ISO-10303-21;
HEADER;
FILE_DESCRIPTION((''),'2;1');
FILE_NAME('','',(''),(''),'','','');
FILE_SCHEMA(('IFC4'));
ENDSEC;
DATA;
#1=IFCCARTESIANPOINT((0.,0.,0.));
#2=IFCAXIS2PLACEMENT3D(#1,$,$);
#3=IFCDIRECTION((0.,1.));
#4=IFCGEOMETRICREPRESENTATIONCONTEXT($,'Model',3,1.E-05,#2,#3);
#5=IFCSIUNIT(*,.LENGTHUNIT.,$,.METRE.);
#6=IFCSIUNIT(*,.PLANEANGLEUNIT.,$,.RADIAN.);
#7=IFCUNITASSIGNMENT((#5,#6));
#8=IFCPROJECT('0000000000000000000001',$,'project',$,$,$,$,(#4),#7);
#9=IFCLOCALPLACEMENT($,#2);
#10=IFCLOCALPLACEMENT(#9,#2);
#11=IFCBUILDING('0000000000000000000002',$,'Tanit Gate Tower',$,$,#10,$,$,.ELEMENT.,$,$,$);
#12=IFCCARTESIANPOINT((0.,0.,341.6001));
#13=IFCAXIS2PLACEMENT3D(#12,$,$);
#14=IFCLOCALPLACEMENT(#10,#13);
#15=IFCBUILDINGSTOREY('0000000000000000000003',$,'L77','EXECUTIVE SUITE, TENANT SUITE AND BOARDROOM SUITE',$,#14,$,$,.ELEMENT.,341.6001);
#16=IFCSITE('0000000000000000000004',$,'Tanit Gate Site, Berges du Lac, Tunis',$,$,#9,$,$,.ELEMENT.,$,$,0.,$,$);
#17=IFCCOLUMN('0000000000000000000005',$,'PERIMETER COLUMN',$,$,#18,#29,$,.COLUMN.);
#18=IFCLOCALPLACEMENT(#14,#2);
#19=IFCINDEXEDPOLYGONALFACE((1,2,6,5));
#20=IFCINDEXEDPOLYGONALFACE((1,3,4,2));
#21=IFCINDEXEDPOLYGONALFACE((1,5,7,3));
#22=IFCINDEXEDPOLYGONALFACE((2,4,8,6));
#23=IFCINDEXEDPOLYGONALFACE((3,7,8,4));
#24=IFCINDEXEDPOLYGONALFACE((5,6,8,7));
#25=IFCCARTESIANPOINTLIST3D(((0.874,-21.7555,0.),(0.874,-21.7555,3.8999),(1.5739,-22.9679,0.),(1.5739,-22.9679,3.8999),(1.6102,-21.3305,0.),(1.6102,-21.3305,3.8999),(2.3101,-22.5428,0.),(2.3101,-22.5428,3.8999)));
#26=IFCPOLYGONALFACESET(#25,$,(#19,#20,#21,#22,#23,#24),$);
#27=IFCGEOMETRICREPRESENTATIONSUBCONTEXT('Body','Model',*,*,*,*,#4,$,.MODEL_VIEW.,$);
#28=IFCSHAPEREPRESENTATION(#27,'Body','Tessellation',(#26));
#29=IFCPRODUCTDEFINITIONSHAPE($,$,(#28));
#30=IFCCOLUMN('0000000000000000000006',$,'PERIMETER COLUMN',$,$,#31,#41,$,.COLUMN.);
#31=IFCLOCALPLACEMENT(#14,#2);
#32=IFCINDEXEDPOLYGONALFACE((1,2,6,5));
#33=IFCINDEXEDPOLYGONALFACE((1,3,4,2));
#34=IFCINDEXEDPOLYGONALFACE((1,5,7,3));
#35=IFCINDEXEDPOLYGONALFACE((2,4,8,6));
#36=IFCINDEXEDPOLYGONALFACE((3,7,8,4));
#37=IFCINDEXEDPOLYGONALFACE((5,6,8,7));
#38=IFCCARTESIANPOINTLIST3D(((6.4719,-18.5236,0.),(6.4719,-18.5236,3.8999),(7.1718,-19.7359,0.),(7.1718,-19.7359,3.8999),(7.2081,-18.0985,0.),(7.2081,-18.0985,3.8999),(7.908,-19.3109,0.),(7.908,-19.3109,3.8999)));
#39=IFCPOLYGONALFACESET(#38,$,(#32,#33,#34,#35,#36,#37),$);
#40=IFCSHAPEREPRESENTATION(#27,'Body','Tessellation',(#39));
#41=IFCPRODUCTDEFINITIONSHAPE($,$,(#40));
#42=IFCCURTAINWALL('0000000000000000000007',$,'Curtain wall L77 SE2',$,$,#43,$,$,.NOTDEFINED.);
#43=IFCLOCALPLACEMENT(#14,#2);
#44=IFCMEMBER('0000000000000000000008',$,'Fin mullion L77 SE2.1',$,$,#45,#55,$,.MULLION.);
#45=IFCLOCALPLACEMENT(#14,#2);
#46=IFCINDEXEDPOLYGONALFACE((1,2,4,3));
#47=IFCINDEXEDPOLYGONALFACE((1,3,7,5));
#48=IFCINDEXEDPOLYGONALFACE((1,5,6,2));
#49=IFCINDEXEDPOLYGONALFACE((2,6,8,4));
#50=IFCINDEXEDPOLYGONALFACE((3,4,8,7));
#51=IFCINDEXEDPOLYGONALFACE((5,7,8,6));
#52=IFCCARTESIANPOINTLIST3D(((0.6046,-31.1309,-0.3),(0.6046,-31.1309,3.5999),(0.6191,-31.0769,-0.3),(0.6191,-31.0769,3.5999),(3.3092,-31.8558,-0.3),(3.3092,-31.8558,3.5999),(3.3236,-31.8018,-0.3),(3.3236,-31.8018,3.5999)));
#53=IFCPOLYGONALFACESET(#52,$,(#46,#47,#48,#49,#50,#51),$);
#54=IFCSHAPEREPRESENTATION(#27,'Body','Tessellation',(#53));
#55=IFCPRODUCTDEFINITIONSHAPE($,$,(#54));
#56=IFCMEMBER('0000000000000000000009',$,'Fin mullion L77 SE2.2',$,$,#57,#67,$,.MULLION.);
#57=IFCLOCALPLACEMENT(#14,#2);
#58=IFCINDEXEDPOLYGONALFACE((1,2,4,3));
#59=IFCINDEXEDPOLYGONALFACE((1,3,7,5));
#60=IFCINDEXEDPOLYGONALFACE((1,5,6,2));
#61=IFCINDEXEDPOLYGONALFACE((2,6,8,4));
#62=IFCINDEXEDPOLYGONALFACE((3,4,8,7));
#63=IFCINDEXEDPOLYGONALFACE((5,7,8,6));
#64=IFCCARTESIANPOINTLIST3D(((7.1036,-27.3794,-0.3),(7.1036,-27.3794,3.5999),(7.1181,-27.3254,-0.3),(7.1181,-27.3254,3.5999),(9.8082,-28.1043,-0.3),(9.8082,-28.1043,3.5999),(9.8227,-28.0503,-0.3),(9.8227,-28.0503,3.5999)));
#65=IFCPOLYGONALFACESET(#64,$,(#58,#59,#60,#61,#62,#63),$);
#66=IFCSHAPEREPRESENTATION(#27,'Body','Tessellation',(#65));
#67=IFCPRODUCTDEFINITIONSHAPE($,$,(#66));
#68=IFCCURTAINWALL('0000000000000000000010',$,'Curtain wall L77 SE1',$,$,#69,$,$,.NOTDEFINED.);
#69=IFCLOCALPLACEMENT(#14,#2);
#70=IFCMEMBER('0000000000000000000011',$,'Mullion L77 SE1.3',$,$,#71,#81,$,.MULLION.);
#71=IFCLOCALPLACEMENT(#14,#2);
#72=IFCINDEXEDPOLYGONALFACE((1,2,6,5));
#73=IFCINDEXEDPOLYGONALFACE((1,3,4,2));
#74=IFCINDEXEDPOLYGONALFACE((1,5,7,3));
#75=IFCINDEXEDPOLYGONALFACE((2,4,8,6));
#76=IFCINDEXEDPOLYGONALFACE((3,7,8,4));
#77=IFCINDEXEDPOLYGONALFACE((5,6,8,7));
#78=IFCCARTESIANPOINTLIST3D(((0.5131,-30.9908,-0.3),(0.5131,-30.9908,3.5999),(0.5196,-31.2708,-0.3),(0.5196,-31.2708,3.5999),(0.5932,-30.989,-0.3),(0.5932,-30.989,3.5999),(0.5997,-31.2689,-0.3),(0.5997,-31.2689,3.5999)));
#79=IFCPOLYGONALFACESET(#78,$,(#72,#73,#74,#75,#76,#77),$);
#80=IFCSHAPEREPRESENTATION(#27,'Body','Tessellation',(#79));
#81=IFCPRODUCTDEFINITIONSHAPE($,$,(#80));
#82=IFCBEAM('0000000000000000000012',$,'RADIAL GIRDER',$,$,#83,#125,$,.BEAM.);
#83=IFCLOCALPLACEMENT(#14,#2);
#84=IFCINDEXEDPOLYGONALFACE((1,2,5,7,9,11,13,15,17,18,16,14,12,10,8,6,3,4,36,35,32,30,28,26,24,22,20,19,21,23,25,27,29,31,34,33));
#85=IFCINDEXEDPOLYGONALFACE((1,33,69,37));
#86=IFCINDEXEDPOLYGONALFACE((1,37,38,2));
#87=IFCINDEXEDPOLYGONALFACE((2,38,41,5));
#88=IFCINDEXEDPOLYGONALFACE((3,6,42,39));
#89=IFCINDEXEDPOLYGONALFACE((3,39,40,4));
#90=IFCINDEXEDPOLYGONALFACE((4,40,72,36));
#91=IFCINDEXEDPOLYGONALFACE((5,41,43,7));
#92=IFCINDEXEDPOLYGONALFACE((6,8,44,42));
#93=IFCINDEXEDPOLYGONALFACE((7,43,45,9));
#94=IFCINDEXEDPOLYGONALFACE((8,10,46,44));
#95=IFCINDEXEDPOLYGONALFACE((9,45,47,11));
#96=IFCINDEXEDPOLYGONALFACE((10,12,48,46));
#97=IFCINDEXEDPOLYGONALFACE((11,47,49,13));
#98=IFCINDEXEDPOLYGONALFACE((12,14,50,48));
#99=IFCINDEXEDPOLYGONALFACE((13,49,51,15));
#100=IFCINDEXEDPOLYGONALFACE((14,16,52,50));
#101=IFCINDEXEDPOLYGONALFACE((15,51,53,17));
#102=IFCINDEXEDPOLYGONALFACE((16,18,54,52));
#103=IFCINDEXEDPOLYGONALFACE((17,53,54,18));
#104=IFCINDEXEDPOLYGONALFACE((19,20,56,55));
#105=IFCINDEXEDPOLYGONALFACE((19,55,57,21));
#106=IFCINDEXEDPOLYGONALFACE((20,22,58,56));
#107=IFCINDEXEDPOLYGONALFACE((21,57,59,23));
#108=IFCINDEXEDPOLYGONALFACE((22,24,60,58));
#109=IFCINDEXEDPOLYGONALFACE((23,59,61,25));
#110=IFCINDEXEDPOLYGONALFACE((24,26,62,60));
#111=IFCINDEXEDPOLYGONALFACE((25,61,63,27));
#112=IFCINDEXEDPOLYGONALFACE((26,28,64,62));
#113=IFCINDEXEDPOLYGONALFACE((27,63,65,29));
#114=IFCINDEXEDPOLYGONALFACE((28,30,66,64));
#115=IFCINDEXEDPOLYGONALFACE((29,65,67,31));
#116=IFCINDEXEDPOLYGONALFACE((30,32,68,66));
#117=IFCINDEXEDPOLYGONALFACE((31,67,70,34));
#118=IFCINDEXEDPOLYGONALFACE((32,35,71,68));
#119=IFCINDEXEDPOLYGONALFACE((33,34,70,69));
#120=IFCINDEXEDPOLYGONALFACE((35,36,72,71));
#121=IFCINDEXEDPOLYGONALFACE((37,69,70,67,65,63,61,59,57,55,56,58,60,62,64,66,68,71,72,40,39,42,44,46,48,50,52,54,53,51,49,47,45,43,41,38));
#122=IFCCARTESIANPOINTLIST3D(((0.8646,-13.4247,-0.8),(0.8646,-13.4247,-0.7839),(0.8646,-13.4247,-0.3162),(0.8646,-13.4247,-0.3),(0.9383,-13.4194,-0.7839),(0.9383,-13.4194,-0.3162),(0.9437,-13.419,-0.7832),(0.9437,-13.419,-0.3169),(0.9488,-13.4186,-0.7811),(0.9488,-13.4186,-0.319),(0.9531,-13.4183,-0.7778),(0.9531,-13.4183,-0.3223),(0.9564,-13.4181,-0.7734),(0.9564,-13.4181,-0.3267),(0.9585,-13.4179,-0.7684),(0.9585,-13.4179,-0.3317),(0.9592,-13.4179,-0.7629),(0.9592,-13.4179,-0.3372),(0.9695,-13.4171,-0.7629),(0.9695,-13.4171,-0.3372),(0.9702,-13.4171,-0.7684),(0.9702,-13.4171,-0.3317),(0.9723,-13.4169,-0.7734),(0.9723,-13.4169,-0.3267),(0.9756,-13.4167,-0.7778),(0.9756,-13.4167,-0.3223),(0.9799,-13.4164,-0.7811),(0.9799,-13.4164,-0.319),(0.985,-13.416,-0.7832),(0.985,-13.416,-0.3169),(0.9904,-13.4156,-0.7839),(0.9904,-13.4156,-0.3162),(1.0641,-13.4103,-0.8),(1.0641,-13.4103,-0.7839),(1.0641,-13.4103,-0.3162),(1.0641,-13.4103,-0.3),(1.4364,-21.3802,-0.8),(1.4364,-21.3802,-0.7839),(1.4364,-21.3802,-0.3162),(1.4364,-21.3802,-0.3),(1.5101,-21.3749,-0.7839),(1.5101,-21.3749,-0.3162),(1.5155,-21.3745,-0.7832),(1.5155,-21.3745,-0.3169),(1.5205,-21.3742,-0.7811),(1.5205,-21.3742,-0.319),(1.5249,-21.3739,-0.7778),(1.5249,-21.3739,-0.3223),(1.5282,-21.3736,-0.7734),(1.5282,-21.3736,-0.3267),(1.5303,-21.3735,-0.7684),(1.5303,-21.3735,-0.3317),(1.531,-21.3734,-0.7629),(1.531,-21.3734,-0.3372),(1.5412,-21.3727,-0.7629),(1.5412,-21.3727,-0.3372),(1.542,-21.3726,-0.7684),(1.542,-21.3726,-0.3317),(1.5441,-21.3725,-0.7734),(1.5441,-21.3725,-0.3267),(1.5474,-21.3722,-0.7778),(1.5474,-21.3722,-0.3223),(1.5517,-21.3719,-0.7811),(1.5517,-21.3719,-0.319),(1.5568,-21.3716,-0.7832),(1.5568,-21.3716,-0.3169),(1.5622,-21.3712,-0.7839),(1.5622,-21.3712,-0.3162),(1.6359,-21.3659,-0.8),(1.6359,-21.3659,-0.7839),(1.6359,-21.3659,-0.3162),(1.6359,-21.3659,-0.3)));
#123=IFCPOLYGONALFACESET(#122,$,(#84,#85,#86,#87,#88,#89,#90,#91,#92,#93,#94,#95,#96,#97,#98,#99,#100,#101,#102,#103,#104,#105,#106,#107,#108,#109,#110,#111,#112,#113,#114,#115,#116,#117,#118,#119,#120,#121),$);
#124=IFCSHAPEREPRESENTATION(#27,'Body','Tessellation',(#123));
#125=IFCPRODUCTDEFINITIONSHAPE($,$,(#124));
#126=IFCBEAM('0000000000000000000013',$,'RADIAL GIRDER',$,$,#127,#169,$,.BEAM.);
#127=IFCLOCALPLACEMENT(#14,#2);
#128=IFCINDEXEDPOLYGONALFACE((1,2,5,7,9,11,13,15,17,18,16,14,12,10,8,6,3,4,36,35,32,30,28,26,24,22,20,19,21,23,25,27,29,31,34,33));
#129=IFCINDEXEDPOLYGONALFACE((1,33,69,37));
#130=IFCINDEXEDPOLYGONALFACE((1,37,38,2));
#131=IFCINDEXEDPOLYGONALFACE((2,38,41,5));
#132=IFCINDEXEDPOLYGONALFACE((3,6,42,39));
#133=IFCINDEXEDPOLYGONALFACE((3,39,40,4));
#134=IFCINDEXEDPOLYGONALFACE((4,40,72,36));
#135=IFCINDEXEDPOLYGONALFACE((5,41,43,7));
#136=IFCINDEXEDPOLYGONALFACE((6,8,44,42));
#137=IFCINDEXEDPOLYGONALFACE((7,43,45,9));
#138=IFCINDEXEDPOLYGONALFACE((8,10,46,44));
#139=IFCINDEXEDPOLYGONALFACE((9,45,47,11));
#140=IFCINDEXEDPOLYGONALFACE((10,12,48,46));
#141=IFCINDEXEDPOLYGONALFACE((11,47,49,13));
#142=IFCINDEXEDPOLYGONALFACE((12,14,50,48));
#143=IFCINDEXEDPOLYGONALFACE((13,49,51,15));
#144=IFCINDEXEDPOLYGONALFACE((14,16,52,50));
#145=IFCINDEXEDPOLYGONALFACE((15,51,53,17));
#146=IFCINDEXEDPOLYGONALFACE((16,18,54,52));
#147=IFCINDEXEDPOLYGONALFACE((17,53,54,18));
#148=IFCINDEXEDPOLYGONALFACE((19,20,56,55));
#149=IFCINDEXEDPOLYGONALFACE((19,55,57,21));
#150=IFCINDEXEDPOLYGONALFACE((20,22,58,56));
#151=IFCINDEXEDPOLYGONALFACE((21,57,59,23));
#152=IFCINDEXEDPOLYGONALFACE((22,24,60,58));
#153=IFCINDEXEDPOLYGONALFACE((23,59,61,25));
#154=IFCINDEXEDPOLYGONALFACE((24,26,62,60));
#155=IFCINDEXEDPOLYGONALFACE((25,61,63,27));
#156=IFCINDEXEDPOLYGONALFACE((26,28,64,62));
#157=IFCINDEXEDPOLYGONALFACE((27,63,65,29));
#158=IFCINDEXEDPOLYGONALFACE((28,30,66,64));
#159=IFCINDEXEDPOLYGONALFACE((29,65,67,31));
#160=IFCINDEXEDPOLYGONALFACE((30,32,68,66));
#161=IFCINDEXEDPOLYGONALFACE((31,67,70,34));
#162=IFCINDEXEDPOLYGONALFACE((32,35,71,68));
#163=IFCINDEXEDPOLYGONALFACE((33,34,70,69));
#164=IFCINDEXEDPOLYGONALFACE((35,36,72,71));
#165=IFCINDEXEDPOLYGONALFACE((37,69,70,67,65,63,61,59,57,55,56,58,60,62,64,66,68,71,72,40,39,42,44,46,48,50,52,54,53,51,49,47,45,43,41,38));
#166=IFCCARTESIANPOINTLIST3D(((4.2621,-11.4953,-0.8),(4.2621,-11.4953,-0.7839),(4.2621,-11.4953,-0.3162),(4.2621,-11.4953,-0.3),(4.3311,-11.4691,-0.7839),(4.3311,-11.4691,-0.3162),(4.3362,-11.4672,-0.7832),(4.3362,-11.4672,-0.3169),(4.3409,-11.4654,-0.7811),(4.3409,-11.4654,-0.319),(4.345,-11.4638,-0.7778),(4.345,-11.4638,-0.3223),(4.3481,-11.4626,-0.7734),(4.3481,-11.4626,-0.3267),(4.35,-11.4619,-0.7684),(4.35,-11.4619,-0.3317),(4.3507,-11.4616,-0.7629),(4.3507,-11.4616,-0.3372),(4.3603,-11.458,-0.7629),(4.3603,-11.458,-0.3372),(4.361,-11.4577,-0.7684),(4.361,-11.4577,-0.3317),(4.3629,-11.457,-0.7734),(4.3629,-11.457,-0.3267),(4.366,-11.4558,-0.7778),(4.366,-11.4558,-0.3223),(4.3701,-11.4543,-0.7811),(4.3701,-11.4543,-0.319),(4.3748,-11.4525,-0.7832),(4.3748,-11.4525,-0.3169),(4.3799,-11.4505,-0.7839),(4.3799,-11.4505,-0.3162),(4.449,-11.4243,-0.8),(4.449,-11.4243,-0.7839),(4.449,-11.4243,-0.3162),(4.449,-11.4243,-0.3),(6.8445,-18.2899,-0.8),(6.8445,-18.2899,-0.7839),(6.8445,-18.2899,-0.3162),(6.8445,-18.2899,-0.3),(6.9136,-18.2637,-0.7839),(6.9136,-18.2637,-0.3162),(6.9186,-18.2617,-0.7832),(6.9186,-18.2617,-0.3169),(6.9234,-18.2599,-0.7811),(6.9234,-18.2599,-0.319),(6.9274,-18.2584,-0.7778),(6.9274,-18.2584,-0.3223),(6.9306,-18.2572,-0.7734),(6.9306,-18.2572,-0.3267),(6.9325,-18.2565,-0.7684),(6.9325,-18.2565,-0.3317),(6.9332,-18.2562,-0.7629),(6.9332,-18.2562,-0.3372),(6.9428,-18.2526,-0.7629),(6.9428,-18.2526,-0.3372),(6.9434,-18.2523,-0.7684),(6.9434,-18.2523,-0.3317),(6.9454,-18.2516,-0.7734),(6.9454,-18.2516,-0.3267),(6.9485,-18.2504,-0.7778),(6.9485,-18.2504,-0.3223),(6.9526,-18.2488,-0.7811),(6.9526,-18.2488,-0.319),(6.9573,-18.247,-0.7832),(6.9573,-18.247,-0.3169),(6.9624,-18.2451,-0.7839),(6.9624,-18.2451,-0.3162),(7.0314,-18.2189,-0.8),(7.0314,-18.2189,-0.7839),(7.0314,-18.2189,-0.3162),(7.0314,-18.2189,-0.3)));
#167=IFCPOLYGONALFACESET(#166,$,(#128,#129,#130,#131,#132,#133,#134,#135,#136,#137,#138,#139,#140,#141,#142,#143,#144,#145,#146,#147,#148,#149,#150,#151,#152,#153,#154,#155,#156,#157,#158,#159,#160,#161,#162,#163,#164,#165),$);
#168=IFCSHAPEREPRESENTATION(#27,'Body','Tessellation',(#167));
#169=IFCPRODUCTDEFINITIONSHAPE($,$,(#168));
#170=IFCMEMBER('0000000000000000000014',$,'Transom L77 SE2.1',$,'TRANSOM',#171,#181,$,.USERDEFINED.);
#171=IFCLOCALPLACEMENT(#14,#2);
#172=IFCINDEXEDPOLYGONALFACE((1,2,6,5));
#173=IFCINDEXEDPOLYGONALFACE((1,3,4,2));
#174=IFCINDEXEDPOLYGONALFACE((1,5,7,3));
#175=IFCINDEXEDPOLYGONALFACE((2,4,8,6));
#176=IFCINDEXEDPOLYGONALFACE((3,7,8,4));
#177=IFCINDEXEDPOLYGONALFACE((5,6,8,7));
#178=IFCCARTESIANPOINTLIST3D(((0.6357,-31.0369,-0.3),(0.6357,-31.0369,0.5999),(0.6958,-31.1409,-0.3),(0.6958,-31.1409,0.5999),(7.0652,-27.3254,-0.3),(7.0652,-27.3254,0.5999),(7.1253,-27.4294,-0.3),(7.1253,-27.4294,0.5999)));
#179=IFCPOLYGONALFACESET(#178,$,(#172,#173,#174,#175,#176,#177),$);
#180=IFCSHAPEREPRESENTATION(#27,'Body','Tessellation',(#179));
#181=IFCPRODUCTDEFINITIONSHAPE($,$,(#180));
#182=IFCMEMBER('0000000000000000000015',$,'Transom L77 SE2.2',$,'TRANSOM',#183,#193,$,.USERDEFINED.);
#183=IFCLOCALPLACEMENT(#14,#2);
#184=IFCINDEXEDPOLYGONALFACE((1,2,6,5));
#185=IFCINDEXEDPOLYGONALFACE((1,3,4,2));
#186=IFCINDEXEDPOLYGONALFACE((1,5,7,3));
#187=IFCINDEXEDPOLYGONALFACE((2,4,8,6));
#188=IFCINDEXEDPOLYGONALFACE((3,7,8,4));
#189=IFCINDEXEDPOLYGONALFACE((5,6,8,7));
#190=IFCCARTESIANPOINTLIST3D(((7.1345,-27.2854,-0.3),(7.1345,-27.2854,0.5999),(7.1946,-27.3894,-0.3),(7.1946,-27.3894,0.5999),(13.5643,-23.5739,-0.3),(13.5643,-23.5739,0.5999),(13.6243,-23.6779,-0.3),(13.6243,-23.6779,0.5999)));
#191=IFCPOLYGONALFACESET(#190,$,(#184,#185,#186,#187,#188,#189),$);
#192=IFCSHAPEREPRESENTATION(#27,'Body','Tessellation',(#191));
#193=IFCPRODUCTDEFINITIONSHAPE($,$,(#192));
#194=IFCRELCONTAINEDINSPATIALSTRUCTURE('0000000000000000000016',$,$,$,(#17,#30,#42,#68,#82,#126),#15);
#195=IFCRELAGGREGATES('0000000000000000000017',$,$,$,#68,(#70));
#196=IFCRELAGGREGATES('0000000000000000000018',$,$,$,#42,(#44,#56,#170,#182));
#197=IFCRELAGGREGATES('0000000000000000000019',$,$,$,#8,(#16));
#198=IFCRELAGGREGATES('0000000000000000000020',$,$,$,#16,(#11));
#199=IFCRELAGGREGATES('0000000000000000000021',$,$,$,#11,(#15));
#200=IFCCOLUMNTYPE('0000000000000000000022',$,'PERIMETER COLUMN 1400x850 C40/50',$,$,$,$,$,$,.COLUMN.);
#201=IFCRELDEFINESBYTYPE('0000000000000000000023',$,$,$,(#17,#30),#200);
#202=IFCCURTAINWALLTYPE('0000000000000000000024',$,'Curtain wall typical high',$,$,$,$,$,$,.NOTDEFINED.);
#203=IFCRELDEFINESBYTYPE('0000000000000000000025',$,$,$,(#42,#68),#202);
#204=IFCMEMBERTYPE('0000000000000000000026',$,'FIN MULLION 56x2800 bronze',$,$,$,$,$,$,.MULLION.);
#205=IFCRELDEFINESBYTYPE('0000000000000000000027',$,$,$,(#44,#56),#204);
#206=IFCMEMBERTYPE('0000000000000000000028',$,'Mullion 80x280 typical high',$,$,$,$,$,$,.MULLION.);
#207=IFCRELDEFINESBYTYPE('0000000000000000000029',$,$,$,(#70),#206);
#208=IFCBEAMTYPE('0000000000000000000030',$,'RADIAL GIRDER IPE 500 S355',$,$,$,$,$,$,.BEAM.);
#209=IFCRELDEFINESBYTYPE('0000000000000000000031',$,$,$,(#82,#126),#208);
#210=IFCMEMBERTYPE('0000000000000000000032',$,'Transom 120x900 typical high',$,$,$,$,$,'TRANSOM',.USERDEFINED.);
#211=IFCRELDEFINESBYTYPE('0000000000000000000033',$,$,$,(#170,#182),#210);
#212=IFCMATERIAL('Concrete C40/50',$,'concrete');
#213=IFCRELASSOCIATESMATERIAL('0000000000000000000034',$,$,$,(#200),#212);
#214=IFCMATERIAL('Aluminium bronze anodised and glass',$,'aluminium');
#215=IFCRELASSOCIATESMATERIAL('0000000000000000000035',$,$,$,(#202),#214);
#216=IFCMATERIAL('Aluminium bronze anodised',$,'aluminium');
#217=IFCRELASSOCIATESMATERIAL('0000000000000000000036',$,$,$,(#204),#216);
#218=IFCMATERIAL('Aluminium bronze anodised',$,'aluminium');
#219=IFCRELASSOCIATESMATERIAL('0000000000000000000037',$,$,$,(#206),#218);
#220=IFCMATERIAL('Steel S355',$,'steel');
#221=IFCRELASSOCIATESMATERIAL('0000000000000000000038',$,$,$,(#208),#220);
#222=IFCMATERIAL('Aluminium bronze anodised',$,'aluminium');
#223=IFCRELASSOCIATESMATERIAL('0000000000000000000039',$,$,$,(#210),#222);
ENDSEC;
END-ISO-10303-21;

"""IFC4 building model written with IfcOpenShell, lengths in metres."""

from ifc_helpers import new_model, si_unit, direction, frame, origin, origin_2d, place, context, subcontext, project, spatial, rectangle, i_section, extrude, material, material_profile, profile_set, type_object, element, aggregate, save


model = new_model("IFC4")

# Units and contexts
model_context = context("Model", 3, precision=1e-05, world=origin(), true_north=direction((0.0, 1.0)))
body_context = subcontext(model_context, "Body", "Model", "MODEL_VIEW")
ifc_project = project(units=[si_unit("LENGTHUNIT", "METRE"), si_unit("PLANEANGLEUNIT", "RADIAN")], contexts=[model_context])

# Site, building, storey
site_placement = place(None, origin())
site = spatial("IfcSite", under=ifc_project, at=site_placement, Name="Tanit Gate Site, Berges du Lac, Tunis", CompositionType="ELEMENT", RefElevation=0.0)
building_placement = place(site_placement, origin())
building = spatial("IfcBuilding", under=site, at=building_placement, Name="Tanit Gate Tower", CompositionType="ELEMENT")
storey_placement = place(building_placement, frame((0.0, 0.0, 341.6001)))
storey = spatial("IfcBuildingStorey", under=building, at=storey_placement, Name="L77", Description="EXECUTIVE SUITE, TENANT SUITE AND BOARDROOM SUITE", CompositionType="ELEMENT", Elevation=341.6001)

# Columns
ifc_material_1 = material(Name="Concrete C40/50", Category="concrete")
ifc_material_profile_1 = material_profile(ifc_material_1, rectangle(XDim=1.3999, YDim=0.8501, at=origin_2d()), Name="RC 1400x850")
ifc_profile_set_1 = profile_set([ifc_material_profile_1], Name="Concrete C40/50")
column_type = type_object("IfcColumnType", Name="PERIMETER COLUMN 1400x850 C40/50", PredefinedType="COLUMN", material=ifc_profile_set_1)
for number, where, z_axis, x_axis, name in (
    (1, (1.592, -22.1492, 0.0), (0.0, 0.0, 1.0), (0.5, -0.866025, 0.0), "PERIMETER COLUMN"),
    (2, (7.1899, -18.9172, 0.0), (0.0, 0.0, 1.0), (0.5, -0.866025, 0.0), "PERIMETER COLUMN"),
):
    element("IfcColumn", number, at=place(storey_placement, frame(where, z_axis=z_axis, x_axis=x_axis)), inside=storey, type_object=column_type, Name=name, PredefinedType="COLUMN", context=body_context, shape_type="SweptSolid", body=[
        extrude(rectangle(XDim=1.3999, YDim=0.8501, at=origin_2d()), origin(), (0.0, 0.0, 1.0), 3.8999),
    ])

# Curtain wall, members
ifc_material_2 = material(Name="Aluminium bronze anodised and glass", Category="aluminium")
curtain_wall_type = type_object("IfcCurtainWallType", Name="Curtain wall typical high", PredefinedType="NOTDEFINED", material=ifc_material_2)
curtain_wall_1_placement = place(storey_placement, origin())
curtain_wall_1 = element("IfcCurtainWall", 3, at=curtain_wall_1_placement, inside=storey, type_object=curtain_wall_type, Name="Curtain wall L77 SE2", PredefinedType="NOTDEFINED")
ifc_material_3 = material(Name="Aluminium bronze anodised", Category="aluminium")
ifc_material_profile_2 = material_profile(ifc_material_3, rectangle(XDim=2.8, YDim=0.0559, at=origin_2d()), Name="56x2800 bronze fin mullion")
ifc_profile_set_2 = profile_set([ifc_material_profile_2], Name="Aluminium bronze anodised")
member_type_1 = type_object("IfcMemberType", Name="FIN MULLION 56x2800 bronze", PredefinedType="MULLION", material=ifc_profile_set_2)
member_1_placement = place(storey_placement, frame((1.9641, -31.4663, -0.3), z_axis=(0.0, 0.0, 1.0), x_axis=(-0.965908, 0.258886, 0.0)))
member_1 = element("IfcMember", 4, at=member_1_placement, type_object=member_type_1, Name="Fin mullion L77 SE2.1", PredefinedType="MULLION", context=body_context, shape_type="SweptSolid", body=[
    extrude(rectangle(XDim=2.8, YDim=0.0559, at=origin_2d()), origin(), (0.0, 0.0, 1.0), 3.8999),
])
member_2_placement = place(storey_placement, frame((8.4631, -27.7148, -0.3), z_axis=(0.0, 0.0, 1.0), x_axis=(-0.965908, 0.258886, 0.0)))
member_2 = element("IfcMember", 5, at=member_2_placement, type_object=member_type_1, Name="Fin mullion L77 SE2.2", PredefinedType="MULLION", context=body_context, shape_type="SweptSolid", body=[
    extrude(rectangle(XDim=2.8, YDim=0.0559, at=origin_2d()), origin(), (0.0, 0.0, 1.0), 3.8999),
])

# Curtain wall, member
curtain_wall_2_placement = place(storey_placement, origin())
curtain_wall_2 = element("IfcCurtainWall", 6, at=curtain_wall_2_placement, inside=storey, type_object=curtain_wall_type, Name="Curtain wall L77 SE1", PredefinedType="NOTDEFINED")
ifc_material_4 = material(Name="Aluminium bronze anodised", Category="aluminium")
ifc_material_profile_3 = material_profile(ifc_material_4, rectangle(XDim=0.28, YDim=0.0801, at=origin_2d()), Name="80x280 bronze mullion")
ifc_profile_set_3 = profile_set([ifc_material_profile_3], Name="Aluminium bronze anodised")
member_type_2 = type_object("IfcMemberType", Name="Mullion 80x280 typical high", PredefinedType="MULLION", material=ifc_profile_set_3)
member_3_placement = place(storey_placement, frame((0.5564, -31.1299, -0.3), z_axis=(0.0, 0.0, 1.0), x_axis=(-0.02304, 0.999735, 0.0)))
member_3 = element("IfcMember", 7, at=member_3_placement, type_object=member_type_2, Name="Mullion L77 SE1.3", PredefinedType="MULLION", context=body_context, shape_type="SweptSolid", body=[
    extrude(rectangle(XDim=0.28, YDim=0.0801, at=origin_2d()), origin(), (0.0, 0.0, 1.0), 3.8999),
])

# Beams
ifc_material_5 = material(Name="Steel S355", Category="steel")
ifc_material_profile_4 = material_profile(ifc_material_5, i_section(OverallWidth=0.2, OverallDepth=0.5, WebThickness=0.0103, FlangeThickness=0.0161, FilletRadius=0.021, at=origin_2d()), Name="IPE 500")
ifc_profile_set_4 = profile_set([ifc_material_profile_4], Name="Steel S355")
beam_type = type_object("IfcBeamType", Name="RADIAL GIRDER IPE 500 S355", PredefinedType="BEAM", material=ifc_profile_set_4)
beam_1_placement = place(storey_placement, frame((1.5361, -21.373, -0.55), z_axis=(-0.071686, 0.997427, 0.0), x_axis=(-0.997427, -0.071686, 0.0)))
element("IfcBeam", 8, at=beam_1_placement, inside=storey, type_object=beam_type, Name="RADIAL GIRDER", PredefinedType="BEAM", context=body_context, shape_type="SweptSolid", body=[
    extrude(i_section(OverallWidth=0.2, OverallDepth=0.5, WebThickness=0.0103, FlangeThickness=0.0161, FilletRadius=0.021, at=origin_2d()), origin(), (0.0, 0.0, 1.0), 7.9761),
])
beam_2_placement = place(storey_placement, frame((6.938, -18.2544, -0.55), z_axis=(-0.355283, 0.934759, 0.0), x_axis=(-0.934759, -0.355283, 0.0)))
element("IfcBeam", 9, at=beam_2_placement, inside=storey, type_object=beam_type, Name="RADIAL GIRDER", PredefinedType="BEAM", context=body_context, shape_type="SweptSolid", body=[
    extrude(i_section(OverallWidth=0.2, OverallDepth=0.5, WebThickness=0.0103, FlangeThickness=0.0161, FilletRadius=0.021, at=origin_2d()), origin(), (0.0, 0.0, 1.0), 7.2688),
])

# Members
ifc_material_6 = material(Name="Aluminium bronze anodised", Category="aluminium")
ifc_material_profile_5 = material_profile(ifc_material_6, rectangle(XDim=0.1201, YDim=0.8999, at=origin_2d()), Name="120x900 bronze transom")
ifc_profile_set_5 = profile_set([ifc_material_profile_5], Name="Aluminium bronze anodised")
member_type_3 = type_object("IfcMemberType", Name="Transom 120x900 typical high", ElementType="TRANSOM", PredefinedType="USERDEFINED", material=ifc_profile_set_5)
member_4_placement = place(storey_placement, frame((0.6658, -31.0889, 0.1499), z_axis=(0.866061, 0.499938, 0.0), x_axis=(-0.499938, 0.866061, 0.0)))
member_4 = element("IfcMember", 10, at=member_4_placement, type_object=member_type_3, Name="Transom L77 SE2.1", ObjectType="TRANSOM", PredefinedType="USERDEFINED", context=body_context, shape_type="SweptSolid", body=[
    extrude(rectangle(XDim=0.1201, YDim=0.8999, at=origin_2d()), origin(), (0.0, 0.0, 1.0), 7.4238),
])
member_5_placement = place(storey_placement, frame((7.1646, -27.3374, 0.1499), z_axis=(0.866069, 0.499924, 0.0), x_axis=(-0.499924, 0.866069, 0.0)))
member_5 = element("IfcMember", 11, at=member_5_placement, type_object=member_type_3, Name="Transom L77 SE2.2", ObjectType="TRANSOM", PredefinedType="USERDEFINED", context=body_context, shape_type="SweptSolid", body=[
    extrude(rectangle(XDim=0.1201, YDim=0.8999, at=origin_2d()), origin(), (0.0, 0.0, 1.0), 7.4241),
])

aggregate(curtain_wall_2, [member_3])
aggregate(curtain_wall_1, [member_1, member_2, member_4, member_5])

save(model, "model.ifc")
